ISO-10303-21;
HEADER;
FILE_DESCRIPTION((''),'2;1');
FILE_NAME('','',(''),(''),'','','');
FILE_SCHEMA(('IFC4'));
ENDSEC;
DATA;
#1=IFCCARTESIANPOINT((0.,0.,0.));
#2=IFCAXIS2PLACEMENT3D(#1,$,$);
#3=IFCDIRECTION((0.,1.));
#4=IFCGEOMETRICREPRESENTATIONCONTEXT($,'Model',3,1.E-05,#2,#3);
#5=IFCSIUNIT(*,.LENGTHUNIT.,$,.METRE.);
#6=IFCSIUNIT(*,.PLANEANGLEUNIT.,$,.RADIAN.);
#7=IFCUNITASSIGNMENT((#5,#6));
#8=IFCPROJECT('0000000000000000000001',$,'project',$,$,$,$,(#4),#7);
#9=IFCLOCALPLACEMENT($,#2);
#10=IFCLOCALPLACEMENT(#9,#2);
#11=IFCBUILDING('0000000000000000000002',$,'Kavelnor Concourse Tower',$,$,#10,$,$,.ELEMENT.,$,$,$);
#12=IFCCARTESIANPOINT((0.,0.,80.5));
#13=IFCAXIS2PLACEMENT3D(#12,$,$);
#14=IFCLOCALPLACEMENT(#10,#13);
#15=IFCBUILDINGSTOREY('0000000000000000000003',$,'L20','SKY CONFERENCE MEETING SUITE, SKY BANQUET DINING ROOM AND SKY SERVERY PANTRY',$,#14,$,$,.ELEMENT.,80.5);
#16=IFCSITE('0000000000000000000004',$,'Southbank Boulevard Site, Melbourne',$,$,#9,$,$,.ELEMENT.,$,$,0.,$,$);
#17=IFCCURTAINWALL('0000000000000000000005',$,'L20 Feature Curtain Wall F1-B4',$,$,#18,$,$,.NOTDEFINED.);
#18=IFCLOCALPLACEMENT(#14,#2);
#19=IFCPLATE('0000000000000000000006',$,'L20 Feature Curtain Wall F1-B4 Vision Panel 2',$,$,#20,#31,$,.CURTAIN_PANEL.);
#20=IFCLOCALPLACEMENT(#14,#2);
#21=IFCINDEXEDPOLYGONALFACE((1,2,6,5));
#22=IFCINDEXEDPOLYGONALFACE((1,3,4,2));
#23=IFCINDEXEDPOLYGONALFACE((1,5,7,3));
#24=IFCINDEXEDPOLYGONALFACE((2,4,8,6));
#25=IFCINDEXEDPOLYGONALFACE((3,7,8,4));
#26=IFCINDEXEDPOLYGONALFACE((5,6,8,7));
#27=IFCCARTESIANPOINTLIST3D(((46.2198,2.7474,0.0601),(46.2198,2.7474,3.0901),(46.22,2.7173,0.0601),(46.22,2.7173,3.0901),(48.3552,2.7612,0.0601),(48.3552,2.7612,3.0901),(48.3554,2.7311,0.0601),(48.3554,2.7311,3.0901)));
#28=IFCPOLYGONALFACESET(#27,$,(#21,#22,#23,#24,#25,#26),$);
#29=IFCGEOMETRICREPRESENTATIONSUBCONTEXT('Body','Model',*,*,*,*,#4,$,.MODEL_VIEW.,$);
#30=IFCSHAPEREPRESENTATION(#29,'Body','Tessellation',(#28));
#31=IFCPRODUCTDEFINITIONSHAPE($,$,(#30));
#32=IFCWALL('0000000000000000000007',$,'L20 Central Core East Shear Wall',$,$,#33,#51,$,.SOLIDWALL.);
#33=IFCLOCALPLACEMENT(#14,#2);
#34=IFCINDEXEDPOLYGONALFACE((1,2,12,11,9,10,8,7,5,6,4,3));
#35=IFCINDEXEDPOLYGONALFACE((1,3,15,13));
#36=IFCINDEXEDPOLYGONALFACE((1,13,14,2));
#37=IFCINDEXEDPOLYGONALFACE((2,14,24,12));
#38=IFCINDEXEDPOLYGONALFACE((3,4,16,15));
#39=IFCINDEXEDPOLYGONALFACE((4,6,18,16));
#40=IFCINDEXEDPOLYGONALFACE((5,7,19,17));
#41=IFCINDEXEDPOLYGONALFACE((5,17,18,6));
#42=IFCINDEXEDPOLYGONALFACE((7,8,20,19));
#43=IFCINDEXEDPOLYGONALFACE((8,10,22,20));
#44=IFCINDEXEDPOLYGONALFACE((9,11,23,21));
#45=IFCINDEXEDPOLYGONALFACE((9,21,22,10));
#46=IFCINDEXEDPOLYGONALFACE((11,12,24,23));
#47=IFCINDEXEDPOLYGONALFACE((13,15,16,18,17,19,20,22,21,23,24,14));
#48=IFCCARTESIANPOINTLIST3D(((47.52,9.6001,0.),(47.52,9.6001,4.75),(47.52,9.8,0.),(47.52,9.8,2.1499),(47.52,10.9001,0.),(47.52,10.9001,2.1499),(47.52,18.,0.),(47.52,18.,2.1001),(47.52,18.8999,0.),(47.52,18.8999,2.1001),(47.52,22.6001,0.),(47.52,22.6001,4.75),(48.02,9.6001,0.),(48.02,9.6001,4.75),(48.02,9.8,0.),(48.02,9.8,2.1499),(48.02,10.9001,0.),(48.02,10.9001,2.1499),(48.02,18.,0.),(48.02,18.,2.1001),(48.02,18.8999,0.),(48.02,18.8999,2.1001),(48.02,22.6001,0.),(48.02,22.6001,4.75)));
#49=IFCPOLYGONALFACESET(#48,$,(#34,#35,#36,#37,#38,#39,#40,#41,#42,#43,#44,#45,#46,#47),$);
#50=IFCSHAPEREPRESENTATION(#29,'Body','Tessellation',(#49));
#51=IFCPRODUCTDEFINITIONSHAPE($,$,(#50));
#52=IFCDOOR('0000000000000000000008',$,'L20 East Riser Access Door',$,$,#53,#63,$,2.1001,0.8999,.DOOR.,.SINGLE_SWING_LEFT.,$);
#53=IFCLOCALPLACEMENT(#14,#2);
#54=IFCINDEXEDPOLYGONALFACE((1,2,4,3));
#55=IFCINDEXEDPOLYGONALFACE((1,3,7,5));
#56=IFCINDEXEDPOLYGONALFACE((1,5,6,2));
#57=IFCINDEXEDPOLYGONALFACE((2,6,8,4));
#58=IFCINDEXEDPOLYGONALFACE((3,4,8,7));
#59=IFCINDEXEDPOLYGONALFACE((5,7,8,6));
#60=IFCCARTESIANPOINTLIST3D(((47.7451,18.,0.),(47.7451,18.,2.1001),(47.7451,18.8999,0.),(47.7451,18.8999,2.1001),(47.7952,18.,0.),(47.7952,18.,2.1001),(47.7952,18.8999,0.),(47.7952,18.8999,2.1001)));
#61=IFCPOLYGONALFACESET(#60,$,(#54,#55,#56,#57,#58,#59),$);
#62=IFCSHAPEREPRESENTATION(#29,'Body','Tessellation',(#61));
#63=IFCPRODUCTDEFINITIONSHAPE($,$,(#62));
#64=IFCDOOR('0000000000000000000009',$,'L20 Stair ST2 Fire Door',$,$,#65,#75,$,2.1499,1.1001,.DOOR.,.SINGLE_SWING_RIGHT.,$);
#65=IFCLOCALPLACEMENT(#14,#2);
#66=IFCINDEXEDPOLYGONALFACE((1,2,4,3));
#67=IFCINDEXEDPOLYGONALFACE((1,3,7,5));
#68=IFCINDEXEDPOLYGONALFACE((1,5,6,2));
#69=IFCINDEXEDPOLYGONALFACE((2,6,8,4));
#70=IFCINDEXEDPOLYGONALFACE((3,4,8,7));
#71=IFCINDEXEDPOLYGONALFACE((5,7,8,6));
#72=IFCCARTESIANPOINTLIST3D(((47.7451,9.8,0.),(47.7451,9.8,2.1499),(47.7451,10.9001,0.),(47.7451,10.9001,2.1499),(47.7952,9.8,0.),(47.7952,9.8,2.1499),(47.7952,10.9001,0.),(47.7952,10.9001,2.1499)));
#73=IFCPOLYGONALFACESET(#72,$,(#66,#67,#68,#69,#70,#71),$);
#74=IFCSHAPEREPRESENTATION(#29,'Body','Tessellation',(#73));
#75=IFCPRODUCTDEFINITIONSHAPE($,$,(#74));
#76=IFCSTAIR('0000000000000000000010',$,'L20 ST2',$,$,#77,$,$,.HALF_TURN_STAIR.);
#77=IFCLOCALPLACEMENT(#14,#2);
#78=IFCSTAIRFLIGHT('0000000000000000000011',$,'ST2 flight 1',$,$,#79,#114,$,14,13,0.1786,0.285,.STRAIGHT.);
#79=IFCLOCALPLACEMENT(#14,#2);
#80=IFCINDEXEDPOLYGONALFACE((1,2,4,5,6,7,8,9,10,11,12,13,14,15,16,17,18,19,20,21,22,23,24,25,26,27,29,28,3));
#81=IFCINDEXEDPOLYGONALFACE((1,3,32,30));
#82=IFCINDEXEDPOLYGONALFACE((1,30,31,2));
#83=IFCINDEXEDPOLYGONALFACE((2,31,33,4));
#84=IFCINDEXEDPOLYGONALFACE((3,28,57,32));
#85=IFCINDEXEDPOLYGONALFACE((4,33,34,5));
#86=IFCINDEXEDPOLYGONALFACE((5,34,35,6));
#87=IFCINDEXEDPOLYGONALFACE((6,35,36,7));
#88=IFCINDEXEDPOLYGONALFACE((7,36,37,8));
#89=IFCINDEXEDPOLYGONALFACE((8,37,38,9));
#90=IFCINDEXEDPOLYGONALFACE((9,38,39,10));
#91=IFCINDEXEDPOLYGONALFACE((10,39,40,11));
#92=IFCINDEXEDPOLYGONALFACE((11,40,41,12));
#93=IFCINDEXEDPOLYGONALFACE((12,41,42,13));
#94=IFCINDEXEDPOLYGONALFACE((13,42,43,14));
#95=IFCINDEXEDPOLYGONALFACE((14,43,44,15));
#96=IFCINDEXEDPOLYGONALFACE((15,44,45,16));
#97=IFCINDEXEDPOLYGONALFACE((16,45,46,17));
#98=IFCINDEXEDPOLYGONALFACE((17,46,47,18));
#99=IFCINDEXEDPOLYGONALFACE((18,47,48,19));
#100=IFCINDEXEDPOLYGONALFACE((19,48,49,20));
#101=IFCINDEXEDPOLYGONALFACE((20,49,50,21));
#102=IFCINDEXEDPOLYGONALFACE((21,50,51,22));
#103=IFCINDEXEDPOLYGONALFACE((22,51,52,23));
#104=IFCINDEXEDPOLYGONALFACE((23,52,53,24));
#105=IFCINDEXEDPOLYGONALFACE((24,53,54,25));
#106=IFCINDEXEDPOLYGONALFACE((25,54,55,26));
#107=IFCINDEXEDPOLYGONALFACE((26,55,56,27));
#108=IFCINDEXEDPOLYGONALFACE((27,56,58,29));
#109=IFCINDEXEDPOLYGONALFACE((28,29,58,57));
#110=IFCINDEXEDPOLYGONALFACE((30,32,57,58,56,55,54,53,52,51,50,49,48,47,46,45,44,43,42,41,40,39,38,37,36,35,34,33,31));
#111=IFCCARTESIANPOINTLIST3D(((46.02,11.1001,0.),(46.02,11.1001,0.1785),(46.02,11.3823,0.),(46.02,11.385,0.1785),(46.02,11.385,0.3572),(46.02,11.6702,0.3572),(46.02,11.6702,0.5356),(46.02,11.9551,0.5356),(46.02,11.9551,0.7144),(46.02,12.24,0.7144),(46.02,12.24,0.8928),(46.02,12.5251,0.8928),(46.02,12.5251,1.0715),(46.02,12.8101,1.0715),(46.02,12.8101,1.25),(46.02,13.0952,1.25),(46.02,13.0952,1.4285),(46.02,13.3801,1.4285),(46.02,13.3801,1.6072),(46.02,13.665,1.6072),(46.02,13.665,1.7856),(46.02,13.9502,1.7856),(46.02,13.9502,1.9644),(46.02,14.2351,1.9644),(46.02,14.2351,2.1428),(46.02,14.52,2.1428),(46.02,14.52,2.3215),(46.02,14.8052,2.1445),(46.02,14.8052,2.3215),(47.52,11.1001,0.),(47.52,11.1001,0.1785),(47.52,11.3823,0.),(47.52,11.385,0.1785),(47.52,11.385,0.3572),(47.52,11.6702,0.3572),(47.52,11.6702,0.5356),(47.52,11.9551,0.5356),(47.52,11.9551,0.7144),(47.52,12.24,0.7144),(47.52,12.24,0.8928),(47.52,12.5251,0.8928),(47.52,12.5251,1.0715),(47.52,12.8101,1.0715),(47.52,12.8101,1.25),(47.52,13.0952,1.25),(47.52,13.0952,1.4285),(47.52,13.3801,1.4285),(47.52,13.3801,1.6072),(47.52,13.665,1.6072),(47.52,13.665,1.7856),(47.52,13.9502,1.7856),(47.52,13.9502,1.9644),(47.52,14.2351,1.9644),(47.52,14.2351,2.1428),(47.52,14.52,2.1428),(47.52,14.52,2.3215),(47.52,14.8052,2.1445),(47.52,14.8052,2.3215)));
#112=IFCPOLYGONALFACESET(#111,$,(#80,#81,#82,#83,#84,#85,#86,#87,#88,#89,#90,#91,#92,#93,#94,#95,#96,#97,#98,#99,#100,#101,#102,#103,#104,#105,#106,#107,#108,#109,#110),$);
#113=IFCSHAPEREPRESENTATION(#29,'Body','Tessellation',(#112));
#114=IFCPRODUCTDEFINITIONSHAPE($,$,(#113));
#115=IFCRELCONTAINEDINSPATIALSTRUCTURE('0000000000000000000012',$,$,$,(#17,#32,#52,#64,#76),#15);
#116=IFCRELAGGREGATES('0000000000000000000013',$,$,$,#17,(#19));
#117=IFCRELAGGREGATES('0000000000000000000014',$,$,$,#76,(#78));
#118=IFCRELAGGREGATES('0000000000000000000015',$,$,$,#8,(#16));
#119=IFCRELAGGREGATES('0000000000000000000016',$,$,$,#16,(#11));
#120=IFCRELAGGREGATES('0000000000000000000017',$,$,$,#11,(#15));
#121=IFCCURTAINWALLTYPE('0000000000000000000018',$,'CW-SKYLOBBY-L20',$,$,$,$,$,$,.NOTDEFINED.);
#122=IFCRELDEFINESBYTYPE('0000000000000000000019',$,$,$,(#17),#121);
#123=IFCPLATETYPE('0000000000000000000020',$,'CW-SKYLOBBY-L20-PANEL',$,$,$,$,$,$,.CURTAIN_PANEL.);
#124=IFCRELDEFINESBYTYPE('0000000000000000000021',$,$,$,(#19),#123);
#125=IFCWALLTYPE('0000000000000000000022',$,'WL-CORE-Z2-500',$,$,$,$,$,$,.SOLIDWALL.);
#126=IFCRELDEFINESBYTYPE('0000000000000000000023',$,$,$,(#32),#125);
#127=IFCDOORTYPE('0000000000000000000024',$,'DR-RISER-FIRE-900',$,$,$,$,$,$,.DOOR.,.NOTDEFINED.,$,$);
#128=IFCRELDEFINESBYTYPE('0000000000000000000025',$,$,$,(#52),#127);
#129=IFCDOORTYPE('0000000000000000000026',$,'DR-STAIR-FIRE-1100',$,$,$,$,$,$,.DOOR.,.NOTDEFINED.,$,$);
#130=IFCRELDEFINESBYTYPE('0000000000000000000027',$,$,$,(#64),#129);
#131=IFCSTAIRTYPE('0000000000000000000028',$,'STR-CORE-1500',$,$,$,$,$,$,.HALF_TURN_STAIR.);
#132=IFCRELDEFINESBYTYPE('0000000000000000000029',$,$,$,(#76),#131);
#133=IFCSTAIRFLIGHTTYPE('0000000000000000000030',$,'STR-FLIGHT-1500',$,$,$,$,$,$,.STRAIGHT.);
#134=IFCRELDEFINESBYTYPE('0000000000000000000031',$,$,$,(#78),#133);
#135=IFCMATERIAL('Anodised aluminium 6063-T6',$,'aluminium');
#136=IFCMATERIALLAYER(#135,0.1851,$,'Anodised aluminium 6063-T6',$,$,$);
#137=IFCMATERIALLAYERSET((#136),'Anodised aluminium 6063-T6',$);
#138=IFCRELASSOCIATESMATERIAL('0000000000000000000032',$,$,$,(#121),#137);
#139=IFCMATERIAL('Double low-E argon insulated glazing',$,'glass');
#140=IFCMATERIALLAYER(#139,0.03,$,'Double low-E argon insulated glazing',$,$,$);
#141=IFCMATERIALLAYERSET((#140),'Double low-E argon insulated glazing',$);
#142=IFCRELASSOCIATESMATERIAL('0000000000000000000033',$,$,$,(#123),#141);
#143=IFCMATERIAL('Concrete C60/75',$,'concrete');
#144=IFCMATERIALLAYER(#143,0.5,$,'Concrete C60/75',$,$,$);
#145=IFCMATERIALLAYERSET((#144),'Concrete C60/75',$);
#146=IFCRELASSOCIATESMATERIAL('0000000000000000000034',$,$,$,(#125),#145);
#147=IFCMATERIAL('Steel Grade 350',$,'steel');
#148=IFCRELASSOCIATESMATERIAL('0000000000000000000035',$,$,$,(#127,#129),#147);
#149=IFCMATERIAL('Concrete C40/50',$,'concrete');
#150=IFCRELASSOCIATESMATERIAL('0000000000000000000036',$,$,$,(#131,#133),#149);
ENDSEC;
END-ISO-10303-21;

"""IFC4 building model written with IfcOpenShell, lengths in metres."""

from ifc_helpers import new_model, si_unit, direction, frame, frame_2d, origin, origin_2d, place, context, subcontext, project, spatial, polyline, rectangle, outline, extrude, material, layer, layer_set, type_object, element, fill, aggregate, save


model = new_model("IFC4")

# Units and contexts
model_context = context("Model", 3, precision=1e-05, world=origin(), true_north=direction((0.0, 1.0)))
body_context = subcontext(model_context, "Body", "Model", "MODEL_VIEW")
ifc_project = project(units=[si_unit("LENGTHUNIT", "METRE"), si_unit("PLANEANGLEUNIT", "RADIAN")], contexts=[model_context])

# Site, building, storey
site_placement = place(None, origin())
site = spatial("IfcSite", under=ifc_project, at=site_placement, Name="Southbank Boulevard Site, Melbourne", CompositionType="ELEMENT", RefElevation=0.0)
building_placement = place(site_placement, origin())
building = spatial("IfcBuilding", under=site, at=building_placement, Name="Kavelnor Concourse Tower", CompositionType="ELEMENT")
storey_placement = place(building_placement, frame((0.0, 0.0, 80.5)))
storey = spatial("IfcBuildingStorey", under=building, at=storey_placement, Name="L20", Description="SKY CONFERENCE MEETING SUITE, SKY BANQUET DINING ROOM AND SKY SERVERY PANTRY", CompositionType="ELEMENT", Elevation=80.5)

# Shared definitions
ifc_material_1 = material(Name="Steel Grade 350", Category="steel")

# Curtain wall, plate
ifc_material_2 = material(Name="Anodised aluminium 6063-T6", Category="aluminium")
ifc_layer_1 = layer(ifc_material_2, 0.1851, Name="Anodised aluminium 6063-T6")
ifc_layer_set_1 = layer_set([ifc_layer_1], Name="Anodised aluminium 6063-T6")
curtain_wall_type = type_object("IfcCurtainWallType", Name="CW-SKYLOBBY-L20", PredefinedType="NOTDEFINED", material=ifc_layer_set_1)
curtain_wall_placement = place(storey_placement, origin())
curtain_wall = element("IfcCurtainWall", 1, at=curtain_wall_placement, inside=storey, type_object=curtain_wall_type, Name="L20 Feature Curtain Wall F1-B4", PredefinedType="NOTDEFINED")
ifc_material_3 = material(Name="Double low-E argon insulated glazing", Category="glass")
ifc_layer_2 = layer(ifc_material_3, 0.03, Name="Double low-E argon insulated glazing")
ifc_layer_set_2 = layer_set([ifc_layer_2], Name="Double low-E argon insulated glazing")
plate_type = type_object("IfcPlateType", Name="CW-SKYLOBBY-L20-PANEL", PredefinedType="CURTAIN_PANEL", material=ifc_layer_set_2)
plate_placement = place(storey_placement, frame((47.2876, 2.7393, 0.0601), z_axis=(0.0, 0.0, 1.0), x_axis=(0.999979, 0.006458, 0.0)))
plate = element("IfcPlate", 2, at=plate_placement, type_object=plate_type, Name="L20 Feature Curtain Wall F1-B4 Vision Panel 2", PredefinedType="CURTAIN_PANEL", context=body_context, shape_type="SweptSolid", body=[
    extrude(rectangle(XDim=2.1355, YDim=0.03, at=origin_2d()), origin(), (0.0, 0.0, 1.0), 3.03),
])
aggregate(curtain_wall, [plate])

# Wall, openings, doors
ifc_material_4 = material(Name="Concrete C60/75", Category="concrete")
ifc_layer_3 = layer(ifc_material_4, 0.5, Name="Concrete C60/75")
ifc_layer_set_3 = layer_set([ifc_layer_3], Name="Concrete C60/75")
wall_type = type_object("IfcWallType", Name="WL-CORE-Z2-500", PredefinedType="SOLIDWALL", material=ifc_layer_set_3)
wall_placement = place(storey_placement, frame((47.77, 9.6001, 0.0), z_axis=(0.0, 0.0, 1.0), x_axis=(0.0, 1.0, 0.0)))
wall = element("IfcWall", 3, at=wall_placement, inside=storey, type_object=wall_type, Name="L20 Central Core East Shear Wall", PredefinedType="SOLIDWALL", context=body_context, shape_type="SweptSolid", body=[
    extrude(rectangle(XDim=13.0, YDim=0.5, at=frame_2d((6.5, 0.0))), origin(), (0.0, 0.0, 1.0), 4.75),
])
opening_1_placement = place(wall_placement, frame((0.2, 0.0, 0.0)))
opening_1 = element("IfcOpeningElement", 4, at=opening_1_placement, cuts=wall, PredefinedType="OPENING", context=body_context, shape_type="SweptSolid", body=[
    extrude(rectangle(XDim=1.1001, YDim=2.1499, at=frame_2d((0.55, 1.075))), frame((0.0, 0.26, 0.0), z_axis=(0.0, -1.0, 0.0), x_axis=(1.0, 0.0, 0.0)), (0.0, 0.0, 1.0), 0.52),
])
opening_2_placement = place(wall_placement, frame((8.3999, 0.0, 0.0)))
opening_2 = element("IfcOpeningElement", 5, at=opening_2_placement, cuts=wall, PredefinedType="OPENING", context=body_context, shape_type="SweptSolid", body=[
    extrude(rectangle(XDim=0.8999, YDim=2.1001, at=frame_2d((0.45, 1.05))), frame((0.0, 0.26, 0.0), z_axis=(0.0, -1.0, 0.0), x_axis=(1.0, 0.0, 0.0)), (0.0, 0.0, 1.0), 0.52),
])
door_type_1 = type_object("IfcDoorType", Name="DR-RISER-FIRE-900", OperationType="NOTDEFINED", PredefinedType="DOOR", material=ifc_material_1)
door_1_placement = place(opening_2_placement, origin())
door_1 = element("IfcDoor", 6, at=door_1_placement, inside=storey, type_object=door_type_1, Name="L20 East Riser Access Door", OperationType="SINGLE_SWING_LEFT", OverallHeight=2.1001, OverallWidth=0.8999, PredefinedType="DOOR", context=body_context, shape_type="SweptSolid", body=[
    extrude(rectangle(XDim=0.8999, YDim=2.1001, at=frame_2d((0.45, 1.05))), frame((0.0, 0.0249, 0.0), z_axis=(0.0, -1.0, 0.0), x_axis=(1.0, 0.0, 0.0)), (0.0, 0.0, 1.0), 0.05),
])
fill(opening_2, door_1)
door_type_2 = type_object("IfcDoorType", Name="DR-STAIR-FIRE-1100", OperationType="NOTDEFINED", PredefinedType="DOOR", material=ifc_material_1)
door_2_placement = place(opening_1_placement, origin())
door_2 = element("IfcDoor", 7, at=door_2_placement, inside=storey, type_object=door_type_2, Name="L20 Stair ST2 Fire Door", OperationType="SINGLE_SWING_RIGHT", OverallHeight=2.1499, OverallWidth=1.1001, PredefinedType="DOOR", context=body_context, shape_type="SweptSolid", body=[
    extrude(rectangle(XDim=1.1001, YDim=2.1499, at=frame_2d((0.55, 1.075))), frame((0.0, 0.0249, 0.0), z_axis=(0.0, -1.0, 0.0), x_axis=(1.0, 0.0, 0.0)), (0.0, 0.0, 1.0), 0.05),
])
fill(opening_1, door_2)

# Stair, stair flight
ifc_material_5 = material(Name="Concrete C40/50", Category="concrete")
stair_type = type_object("IfcStairType", Name="STR-CORE-1500", PredefinedType="HALF_TURN_STAIR", material=ifc_material_5)
stair_placement = place(storey_placement, origin())
stair = element("IfcStair", 8, at=stair_placement, inside=storey, type_object=stair_type, Name="L20 ST2", PredefinedType="HALF_TURN_STAIR")
stair_flight_type = type_object("IfcStairFlightType", Name="STR-FLIGHT-1500", PredefinedType="STRAIGHT", material=ifc_material_5)
stair_flight_placement = place(storey_placement, frame((46.77, 11.1001, 0.0), z_axis=(0.0, 0.0, 1.0), x_axis=(0.0, 1.0, 0.0)))
stair_flight = element("IfcStairFlight", 9, at=stair_flight_placement, type_object=stair_flight_type, Name="ST2 flight 1", NumberOfRisers=14, NumberOfTreads=13, PredefinedType="STRAIGHT", RiserHeight=0.1786, TreadLength=0.285, context=body_context, shape_type="SweptSolid", body=[
    extrude(outline(polyline([(0.0, 0.0), (0.0, 0.1785), (0.2849, 0.1785), (0.2849, 0.3572), (0.5701, 0.3572), (0.5701, 0.5356), (0.855, 0.5356), (0.855, 0.7144), (1.1399, 0.7144), (1.1399, 0.8928), (1.425, 0.8928), (1.425, 1.0715), (1.71, 1.0715), (1.71, 1.25), (1.9951, 1.25), (1.9951, 1.4285), (2.28, 1.4285), (2.28, 1.6072), (2.5649, 1.6072), (2.5649, 1.7856), (2.8501, 1.7856), (2.8501, 1.9644), (3.135, 1.9644), (3.135, 2.1428), (3.4199, 2.1428), (3.4199, 2.3215), (3.7051, 2.3215), (3.7051, 2.5), (3.7051, 2.1445), (0.2822, 0.0), (0.0, 0.0)])), frame((0.0, 0.75, 0.0), z_axis=(0.0, -1.0, 0.0), x_axis=(1.0, 0.0, 0.0)), (0.0, 0.0, 1.0), 1.5),
])
aggregate(stair, [stair_flight])

save(model, "model.ifc")
